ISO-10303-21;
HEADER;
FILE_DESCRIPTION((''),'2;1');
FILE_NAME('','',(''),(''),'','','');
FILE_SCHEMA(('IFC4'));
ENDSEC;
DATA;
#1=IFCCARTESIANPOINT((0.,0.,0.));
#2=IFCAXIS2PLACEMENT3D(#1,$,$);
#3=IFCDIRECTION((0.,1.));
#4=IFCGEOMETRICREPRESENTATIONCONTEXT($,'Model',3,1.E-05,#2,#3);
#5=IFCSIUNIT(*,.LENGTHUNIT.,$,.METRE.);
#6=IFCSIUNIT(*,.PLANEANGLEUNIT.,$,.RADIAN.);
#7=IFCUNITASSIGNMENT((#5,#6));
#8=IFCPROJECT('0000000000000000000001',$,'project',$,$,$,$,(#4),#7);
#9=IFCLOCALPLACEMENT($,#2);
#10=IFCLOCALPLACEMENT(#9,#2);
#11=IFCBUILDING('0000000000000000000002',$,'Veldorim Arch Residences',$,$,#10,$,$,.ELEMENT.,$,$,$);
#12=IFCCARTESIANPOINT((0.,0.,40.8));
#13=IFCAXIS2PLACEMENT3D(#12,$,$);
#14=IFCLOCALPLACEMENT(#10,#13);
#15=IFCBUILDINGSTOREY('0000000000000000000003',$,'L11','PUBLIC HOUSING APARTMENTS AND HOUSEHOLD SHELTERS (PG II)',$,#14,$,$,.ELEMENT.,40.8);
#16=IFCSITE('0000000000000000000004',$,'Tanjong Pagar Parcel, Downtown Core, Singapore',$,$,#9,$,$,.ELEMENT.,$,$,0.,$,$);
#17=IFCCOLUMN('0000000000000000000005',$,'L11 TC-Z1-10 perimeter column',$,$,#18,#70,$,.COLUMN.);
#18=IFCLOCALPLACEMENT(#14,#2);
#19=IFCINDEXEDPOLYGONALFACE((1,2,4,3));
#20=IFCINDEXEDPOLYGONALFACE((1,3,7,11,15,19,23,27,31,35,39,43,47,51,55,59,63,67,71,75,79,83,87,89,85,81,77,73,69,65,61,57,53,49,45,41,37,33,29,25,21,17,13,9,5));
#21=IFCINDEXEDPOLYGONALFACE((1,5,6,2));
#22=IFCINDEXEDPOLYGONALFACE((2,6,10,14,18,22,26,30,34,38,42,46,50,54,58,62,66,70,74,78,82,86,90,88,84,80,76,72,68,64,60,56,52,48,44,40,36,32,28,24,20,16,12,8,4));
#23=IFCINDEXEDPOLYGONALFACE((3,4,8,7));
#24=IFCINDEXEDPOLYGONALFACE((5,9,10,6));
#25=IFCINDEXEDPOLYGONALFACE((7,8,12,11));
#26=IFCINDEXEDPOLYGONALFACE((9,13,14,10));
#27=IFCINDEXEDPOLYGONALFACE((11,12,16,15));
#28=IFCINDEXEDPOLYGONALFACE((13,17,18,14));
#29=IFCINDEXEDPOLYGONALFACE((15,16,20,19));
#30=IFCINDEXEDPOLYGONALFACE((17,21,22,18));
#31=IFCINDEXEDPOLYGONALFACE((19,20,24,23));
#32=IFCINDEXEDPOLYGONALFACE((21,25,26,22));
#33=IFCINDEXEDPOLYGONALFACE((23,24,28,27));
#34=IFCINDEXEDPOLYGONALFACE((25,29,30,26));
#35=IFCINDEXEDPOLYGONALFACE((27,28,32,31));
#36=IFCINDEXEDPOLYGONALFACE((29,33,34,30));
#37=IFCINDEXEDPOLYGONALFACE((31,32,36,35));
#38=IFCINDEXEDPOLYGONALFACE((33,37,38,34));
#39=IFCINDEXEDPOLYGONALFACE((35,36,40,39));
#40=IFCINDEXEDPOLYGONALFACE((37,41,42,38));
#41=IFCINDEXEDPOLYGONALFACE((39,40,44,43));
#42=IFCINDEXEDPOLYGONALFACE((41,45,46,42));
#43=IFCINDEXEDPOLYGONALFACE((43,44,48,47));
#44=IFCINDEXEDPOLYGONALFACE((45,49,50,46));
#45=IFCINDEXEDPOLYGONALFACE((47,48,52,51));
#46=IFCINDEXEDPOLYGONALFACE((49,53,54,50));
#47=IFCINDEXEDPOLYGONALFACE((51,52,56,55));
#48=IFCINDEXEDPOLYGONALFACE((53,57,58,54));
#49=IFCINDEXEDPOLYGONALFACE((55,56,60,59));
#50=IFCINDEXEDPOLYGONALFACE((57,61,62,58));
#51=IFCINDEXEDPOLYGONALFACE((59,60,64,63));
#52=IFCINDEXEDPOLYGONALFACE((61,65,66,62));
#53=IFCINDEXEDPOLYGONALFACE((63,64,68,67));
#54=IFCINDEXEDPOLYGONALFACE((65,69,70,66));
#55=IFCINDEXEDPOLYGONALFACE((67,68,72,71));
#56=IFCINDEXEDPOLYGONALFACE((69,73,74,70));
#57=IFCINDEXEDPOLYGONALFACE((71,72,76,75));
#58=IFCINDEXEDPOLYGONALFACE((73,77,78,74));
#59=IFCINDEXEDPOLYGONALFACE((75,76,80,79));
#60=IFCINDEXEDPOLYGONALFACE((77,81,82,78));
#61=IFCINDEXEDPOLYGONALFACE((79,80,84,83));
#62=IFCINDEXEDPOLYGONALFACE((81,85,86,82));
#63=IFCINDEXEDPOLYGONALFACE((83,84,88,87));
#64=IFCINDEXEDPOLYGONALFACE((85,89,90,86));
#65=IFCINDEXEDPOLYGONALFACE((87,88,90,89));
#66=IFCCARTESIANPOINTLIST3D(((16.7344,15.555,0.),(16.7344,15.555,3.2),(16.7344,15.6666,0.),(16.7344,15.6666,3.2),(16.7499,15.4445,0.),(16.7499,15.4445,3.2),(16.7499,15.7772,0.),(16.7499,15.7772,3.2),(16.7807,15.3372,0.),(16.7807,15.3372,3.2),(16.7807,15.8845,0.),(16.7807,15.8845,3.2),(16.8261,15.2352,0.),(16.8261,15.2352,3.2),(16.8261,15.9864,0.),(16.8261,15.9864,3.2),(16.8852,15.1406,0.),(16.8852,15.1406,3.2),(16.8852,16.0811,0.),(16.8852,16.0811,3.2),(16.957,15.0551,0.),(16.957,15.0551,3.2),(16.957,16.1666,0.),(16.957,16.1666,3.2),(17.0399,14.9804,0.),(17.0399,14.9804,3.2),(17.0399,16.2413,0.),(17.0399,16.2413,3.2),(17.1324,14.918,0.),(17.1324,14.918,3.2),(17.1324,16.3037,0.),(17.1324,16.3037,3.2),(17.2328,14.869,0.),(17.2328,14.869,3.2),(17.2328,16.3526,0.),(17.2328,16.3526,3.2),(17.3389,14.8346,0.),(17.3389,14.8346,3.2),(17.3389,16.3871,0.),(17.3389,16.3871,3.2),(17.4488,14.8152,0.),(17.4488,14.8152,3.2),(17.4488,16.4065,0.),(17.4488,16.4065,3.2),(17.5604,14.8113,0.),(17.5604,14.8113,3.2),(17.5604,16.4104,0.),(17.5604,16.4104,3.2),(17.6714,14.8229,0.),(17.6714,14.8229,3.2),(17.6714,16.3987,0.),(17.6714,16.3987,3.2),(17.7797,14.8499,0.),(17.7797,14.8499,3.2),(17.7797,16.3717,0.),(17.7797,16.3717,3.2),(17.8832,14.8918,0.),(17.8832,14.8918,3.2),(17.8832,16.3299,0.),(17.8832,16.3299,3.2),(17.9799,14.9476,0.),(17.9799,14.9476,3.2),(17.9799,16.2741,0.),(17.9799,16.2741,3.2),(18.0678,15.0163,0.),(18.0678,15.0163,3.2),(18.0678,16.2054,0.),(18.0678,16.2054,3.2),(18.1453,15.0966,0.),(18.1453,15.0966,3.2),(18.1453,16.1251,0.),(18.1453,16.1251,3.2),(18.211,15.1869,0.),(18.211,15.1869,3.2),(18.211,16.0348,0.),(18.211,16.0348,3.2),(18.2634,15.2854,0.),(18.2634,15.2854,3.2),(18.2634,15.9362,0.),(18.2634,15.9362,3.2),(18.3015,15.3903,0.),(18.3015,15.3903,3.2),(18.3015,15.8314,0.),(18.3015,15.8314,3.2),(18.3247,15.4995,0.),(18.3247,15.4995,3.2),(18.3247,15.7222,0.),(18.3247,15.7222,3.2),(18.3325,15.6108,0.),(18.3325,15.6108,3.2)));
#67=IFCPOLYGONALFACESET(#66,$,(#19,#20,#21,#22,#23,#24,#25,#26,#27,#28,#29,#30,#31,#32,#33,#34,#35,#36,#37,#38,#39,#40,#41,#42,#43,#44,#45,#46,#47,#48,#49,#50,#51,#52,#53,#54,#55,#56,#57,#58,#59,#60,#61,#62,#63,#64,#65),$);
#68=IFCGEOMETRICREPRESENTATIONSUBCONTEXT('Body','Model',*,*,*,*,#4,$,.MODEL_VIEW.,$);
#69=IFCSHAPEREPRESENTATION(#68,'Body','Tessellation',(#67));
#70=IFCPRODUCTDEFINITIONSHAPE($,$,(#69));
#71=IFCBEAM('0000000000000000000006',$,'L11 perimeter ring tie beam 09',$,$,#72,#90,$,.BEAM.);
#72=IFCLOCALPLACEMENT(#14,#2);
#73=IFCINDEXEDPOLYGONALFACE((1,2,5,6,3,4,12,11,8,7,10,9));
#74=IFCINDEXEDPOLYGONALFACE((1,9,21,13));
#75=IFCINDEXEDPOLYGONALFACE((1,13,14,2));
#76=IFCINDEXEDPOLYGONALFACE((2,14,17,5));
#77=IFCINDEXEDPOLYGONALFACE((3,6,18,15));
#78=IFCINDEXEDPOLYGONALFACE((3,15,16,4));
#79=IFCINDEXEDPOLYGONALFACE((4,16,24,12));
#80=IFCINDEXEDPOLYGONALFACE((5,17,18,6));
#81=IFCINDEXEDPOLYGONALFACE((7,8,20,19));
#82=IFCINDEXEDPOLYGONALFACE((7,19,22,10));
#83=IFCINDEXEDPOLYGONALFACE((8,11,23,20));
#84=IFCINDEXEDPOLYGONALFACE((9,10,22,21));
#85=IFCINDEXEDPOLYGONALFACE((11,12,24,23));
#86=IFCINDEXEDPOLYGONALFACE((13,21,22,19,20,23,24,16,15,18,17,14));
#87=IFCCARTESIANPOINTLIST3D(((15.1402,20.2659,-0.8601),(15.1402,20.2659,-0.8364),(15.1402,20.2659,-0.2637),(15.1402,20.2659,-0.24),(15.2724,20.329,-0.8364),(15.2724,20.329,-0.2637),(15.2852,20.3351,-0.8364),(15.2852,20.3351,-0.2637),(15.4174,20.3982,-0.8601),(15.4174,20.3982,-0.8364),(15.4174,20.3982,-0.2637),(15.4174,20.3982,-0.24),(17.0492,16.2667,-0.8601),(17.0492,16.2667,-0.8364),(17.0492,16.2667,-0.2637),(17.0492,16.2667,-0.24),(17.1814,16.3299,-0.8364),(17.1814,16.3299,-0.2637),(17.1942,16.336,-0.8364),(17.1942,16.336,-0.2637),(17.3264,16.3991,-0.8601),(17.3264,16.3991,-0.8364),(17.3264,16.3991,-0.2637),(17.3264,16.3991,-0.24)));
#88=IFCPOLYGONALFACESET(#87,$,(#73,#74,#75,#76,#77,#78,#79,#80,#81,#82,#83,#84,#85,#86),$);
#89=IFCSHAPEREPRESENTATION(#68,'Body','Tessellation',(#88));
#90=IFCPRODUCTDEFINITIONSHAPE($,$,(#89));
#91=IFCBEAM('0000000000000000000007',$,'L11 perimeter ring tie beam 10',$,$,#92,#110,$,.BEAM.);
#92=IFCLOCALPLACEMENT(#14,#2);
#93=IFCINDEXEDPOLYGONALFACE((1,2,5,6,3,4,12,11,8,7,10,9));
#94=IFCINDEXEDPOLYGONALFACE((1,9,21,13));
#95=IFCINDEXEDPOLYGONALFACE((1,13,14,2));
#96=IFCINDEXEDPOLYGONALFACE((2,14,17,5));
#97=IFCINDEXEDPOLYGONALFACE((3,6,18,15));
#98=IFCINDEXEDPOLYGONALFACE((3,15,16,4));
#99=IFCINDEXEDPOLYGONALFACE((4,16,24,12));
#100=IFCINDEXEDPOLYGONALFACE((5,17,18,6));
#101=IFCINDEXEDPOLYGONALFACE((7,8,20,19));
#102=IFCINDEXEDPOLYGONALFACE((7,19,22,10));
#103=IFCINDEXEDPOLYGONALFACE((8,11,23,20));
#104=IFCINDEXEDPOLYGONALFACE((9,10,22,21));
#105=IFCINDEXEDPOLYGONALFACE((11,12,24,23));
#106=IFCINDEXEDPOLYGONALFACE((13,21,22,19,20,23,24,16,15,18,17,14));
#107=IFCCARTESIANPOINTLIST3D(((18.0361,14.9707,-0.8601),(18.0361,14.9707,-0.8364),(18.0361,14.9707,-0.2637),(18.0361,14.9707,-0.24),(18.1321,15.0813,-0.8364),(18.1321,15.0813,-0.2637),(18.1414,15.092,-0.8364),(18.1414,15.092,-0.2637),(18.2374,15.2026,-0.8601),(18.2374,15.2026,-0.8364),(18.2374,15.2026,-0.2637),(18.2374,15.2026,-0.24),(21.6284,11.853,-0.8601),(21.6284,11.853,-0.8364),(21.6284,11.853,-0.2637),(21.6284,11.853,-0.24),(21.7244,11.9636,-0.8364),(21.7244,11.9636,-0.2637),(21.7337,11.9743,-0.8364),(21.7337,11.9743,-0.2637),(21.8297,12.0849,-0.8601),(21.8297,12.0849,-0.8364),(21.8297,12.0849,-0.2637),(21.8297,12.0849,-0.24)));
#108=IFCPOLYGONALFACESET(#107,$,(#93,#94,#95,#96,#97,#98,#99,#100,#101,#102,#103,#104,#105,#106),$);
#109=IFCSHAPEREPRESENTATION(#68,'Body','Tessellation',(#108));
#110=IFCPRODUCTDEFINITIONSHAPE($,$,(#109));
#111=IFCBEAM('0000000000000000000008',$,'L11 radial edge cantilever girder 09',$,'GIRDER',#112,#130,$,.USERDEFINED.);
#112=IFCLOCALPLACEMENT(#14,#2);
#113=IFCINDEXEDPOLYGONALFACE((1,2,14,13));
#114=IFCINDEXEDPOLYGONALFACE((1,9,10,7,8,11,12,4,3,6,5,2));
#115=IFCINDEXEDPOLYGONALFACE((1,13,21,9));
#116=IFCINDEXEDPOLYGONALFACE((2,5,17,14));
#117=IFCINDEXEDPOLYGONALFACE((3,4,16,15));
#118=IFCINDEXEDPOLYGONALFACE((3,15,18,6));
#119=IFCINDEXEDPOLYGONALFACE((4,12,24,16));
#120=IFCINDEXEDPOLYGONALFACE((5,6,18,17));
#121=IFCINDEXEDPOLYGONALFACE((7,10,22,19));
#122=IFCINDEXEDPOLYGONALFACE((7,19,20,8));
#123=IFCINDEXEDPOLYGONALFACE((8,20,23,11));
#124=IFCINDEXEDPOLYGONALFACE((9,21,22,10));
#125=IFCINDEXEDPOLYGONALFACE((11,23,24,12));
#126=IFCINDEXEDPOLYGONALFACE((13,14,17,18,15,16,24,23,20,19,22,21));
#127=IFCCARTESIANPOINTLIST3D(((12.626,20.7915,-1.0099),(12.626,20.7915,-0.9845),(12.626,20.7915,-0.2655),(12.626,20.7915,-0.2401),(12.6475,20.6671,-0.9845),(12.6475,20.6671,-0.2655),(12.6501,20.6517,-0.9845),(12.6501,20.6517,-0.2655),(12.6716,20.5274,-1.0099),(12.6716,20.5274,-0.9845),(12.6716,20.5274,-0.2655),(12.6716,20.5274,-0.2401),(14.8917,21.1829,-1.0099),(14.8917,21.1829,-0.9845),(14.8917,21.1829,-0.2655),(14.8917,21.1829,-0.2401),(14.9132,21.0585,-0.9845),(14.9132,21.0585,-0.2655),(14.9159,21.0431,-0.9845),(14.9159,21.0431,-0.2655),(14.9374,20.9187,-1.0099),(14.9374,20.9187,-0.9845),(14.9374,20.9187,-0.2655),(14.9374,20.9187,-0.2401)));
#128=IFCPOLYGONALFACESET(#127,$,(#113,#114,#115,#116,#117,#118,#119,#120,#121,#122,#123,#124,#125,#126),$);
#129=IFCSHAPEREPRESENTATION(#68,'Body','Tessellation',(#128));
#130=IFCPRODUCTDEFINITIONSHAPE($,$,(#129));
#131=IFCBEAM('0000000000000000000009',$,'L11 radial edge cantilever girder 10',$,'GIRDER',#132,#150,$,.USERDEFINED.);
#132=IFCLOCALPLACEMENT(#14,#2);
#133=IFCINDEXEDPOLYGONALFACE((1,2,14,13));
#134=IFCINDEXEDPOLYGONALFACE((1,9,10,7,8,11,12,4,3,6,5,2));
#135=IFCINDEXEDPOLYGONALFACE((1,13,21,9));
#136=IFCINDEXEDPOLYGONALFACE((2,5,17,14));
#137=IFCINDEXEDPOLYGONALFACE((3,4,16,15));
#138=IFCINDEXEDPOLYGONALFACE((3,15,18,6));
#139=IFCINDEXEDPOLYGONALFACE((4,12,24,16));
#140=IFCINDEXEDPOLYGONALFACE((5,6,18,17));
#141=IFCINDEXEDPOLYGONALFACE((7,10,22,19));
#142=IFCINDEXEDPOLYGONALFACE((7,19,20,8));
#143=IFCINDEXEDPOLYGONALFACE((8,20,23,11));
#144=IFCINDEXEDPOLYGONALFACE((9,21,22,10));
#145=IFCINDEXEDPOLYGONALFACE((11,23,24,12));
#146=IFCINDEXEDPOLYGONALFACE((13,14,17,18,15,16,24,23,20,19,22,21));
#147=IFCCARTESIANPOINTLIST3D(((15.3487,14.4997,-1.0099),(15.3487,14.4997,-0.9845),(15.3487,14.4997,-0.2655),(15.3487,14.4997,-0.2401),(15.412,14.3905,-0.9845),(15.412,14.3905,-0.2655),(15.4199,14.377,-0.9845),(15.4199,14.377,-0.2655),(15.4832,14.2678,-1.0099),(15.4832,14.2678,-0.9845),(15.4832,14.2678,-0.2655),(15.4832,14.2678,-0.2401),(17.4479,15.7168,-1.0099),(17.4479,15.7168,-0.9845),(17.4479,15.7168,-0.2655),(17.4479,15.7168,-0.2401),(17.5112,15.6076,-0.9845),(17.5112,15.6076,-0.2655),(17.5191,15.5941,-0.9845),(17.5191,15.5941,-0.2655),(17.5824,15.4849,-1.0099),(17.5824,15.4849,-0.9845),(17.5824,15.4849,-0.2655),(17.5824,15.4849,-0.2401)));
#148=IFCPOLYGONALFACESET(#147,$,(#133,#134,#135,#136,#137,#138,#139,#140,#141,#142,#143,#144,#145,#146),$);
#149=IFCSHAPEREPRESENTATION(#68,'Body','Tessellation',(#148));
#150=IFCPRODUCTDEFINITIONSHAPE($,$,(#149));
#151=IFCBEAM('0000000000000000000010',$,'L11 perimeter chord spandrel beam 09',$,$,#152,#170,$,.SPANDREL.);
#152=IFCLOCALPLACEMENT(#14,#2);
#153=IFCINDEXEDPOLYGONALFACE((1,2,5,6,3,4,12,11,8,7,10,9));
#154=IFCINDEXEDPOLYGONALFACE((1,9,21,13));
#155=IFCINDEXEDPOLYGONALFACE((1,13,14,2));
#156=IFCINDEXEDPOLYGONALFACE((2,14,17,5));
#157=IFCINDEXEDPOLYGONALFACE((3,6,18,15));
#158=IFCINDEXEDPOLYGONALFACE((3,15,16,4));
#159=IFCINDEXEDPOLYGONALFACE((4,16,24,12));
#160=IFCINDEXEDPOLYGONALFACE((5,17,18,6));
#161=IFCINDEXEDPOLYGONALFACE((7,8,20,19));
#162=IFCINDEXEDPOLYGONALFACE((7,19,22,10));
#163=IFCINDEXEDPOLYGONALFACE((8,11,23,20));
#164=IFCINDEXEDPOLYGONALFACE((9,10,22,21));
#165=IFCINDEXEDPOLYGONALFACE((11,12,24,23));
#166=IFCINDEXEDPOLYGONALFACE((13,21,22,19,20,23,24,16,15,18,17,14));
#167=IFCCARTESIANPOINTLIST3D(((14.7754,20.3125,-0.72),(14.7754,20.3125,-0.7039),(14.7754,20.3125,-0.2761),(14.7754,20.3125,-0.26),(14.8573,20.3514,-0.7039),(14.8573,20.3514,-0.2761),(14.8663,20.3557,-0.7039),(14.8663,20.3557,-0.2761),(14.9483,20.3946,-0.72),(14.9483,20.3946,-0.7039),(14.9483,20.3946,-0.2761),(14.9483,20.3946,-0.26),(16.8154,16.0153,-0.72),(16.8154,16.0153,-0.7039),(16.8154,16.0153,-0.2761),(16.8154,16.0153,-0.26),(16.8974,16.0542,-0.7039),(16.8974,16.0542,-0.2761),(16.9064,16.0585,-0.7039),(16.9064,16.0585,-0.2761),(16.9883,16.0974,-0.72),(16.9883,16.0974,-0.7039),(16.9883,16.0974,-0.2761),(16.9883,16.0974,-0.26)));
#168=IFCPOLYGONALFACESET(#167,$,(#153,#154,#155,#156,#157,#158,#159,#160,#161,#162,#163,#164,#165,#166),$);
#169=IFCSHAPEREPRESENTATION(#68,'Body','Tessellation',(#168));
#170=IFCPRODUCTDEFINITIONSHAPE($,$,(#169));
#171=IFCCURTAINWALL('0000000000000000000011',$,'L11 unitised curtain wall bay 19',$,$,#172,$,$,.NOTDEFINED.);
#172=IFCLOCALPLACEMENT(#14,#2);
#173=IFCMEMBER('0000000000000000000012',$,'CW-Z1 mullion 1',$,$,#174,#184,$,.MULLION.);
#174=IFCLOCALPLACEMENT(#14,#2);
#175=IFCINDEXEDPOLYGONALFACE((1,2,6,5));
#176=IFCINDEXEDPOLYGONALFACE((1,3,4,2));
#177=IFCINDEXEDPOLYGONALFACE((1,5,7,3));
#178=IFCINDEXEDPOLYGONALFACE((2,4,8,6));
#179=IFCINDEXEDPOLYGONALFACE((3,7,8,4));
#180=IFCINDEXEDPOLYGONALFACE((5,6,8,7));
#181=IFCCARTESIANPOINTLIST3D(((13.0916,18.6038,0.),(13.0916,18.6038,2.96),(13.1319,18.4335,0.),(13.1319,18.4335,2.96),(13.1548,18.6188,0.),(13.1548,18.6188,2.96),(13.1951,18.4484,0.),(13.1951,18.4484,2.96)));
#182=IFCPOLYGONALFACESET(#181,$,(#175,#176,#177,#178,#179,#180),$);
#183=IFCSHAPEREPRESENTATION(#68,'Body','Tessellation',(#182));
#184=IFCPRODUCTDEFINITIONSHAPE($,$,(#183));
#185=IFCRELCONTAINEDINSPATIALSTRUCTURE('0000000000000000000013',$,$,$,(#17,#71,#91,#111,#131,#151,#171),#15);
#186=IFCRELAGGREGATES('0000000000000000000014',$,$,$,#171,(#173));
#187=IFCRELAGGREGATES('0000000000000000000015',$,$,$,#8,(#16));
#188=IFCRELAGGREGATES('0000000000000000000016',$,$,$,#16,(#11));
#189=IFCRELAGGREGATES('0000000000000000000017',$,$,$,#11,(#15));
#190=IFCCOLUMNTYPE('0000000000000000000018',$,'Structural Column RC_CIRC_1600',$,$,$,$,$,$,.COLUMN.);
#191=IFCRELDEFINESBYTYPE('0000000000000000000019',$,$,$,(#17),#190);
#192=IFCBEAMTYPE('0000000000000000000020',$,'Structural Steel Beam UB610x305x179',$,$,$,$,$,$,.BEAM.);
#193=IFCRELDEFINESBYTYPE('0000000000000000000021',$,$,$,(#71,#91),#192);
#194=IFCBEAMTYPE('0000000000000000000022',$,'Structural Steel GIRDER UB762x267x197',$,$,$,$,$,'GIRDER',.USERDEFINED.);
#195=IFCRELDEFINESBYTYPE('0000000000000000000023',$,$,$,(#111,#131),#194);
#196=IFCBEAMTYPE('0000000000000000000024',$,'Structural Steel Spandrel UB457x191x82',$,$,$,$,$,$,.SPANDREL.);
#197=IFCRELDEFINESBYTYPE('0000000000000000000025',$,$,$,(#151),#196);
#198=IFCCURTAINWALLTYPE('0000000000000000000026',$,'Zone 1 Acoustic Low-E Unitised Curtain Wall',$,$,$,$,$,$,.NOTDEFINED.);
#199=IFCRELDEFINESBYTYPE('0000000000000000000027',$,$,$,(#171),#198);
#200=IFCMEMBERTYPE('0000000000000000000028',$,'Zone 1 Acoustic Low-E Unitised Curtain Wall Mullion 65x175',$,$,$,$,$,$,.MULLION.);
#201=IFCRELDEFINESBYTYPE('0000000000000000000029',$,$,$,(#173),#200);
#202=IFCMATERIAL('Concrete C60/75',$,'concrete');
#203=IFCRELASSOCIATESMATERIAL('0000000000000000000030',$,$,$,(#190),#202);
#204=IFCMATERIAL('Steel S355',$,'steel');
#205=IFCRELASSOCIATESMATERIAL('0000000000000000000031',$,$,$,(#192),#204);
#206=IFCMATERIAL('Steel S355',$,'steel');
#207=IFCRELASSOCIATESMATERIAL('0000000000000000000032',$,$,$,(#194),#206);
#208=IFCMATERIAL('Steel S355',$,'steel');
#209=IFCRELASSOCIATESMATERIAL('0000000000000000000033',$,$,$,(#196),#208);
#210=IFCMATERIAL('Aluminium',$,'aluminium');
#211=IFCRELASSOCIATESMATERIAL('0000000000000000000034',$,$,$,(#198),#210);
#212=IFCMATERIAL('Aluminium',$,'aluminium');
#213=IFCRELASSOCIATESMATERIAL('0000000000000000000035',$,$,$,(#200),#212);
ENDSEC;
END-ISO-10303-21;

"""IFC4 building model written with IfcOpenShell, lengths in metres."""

from ifc_helpers import new_model, si_unit, direction, frame, origin, origin_2d, place, context, subcontext, project, spatial, rectangle, circle, i_section, extrude, material, material_profile, profile_set, type_object, element, aggregate, save


model = new_model("IFC4")

# Units and contexts
model_context = context("Model", 3, precision=1e-05, world=origin(), true_north=direction((0.0, 1.0)))
body_context = subcontext(model_context, "Body", "Model", "MODEL_VIEW")
ifc_project = project(units=[si_unit("LENGTHUNIT", "METRE"), si_unit("PLANEANGLEUNIT", "RADIAN")], contexts=[model_context])

# Site, building, storey
site_placement = place(None, origin())
site = spatial("IfcSite", under=ifc_project, at=site_placement, Name="Tanjong Pagar Parcel, Downtown Core, Singapore", CompositionType="ELEMENT", RefElevation=0.0)
building_placement = place(site_placement, origin())
building = spatial("IfcBuilding", under=site, at=building_placement, Name="Veldorim Arch Residences", CompositionType="ELEMENT")
storey_placement = place(building_placement, frame((0.0, 0.0, 40.8)))
storey = spatial("IfcBuildingStorey", under=building, at=storey_placement, Name="L11", Description="PUBLIC HOUSING APARTMENTS AND HOUSEHOLD SHELTERS (PG II)", CompositionType="ELEMENT", Elevation=40.8)

# Column
ifc_material_1 = material(Name="Concrete C60/75", Category="concrete")
ifc_material_profile_1 = material_profile(ifc_material_1, circle(Radius=0.8, at=origin_2d()), Name="RC_CIRC_1600")
ifc_profile_set_1 = profile_set([ifc_material_profile_1], Name="Concrete C60/75")
column_type = type_object("IfcColumnType", Name="Structural Column RC_CIRC_1600", PredefinedType="COLUMN", material=ifc_profile_set_1)
column_placement = place(storey_placement, frame((17.5325, 15.6108, 0.0), z_axis=(0.0, 0.0, 1.0), x_axis=(1.0, 0.0, 0.0)))
element("IfcColumn", 1, at=column_placement, inside=storey, type_object=column_type, Name="L11 TC-Z1-10 perimeter column", PredefinedType="COLUMN", context=body_context, shape_type="SweptSolid", body=[
    extrude(circle(Radius=0.8, at=origin_2d()), origin(), (0.0, 0.0, 1.0), 3.2),
])

# Beams
ifc_material_2 = material(Name="Steel S355", Category="steel")
ifc_material_profile_2 = material_profile(ifc_material_2, i_section(OverallWidth=0.3071, OverallDepth=0.6201, WebThickness=0.0142, FlangeThickness=0.0237, at=origin_2d()), Name="UB610x305x179")
ifc_profile_set_2 = profile_set([ifc_material_profile_2], Name="Steel S355")
beam_type_1 = type_object("IfcBeamType", Name="Structural Steel Beam UB610x305x179", PredefinedType="BEAM", material=ifc_profile_set_2)
beam_1_placement = place(storey_placement, frame((15.2788, 20.332, -0.55), z_axis=(0.430787, -0.902454, 0.0), x_axis=(0.902454, 0.430787, 0.0)))
element("IfcBeam", 2, at=beam_1_placement, inside=storey, type_object=beam_type_1, Name="L11 perimeter ring tie beam 09", PredefinedType="BEAM", context=body_context, shape_type="SweptSolid", body=[
    extrude(i_section(OverallWidth=0.3071, OverallDepth=0.6201, WebThickness=0.0142, FlangeThickness=0.0237, at=origin_2d()), origin(), (0.0, 0.0, 1.0), 4.4314),
])
beam_2_placement = place(storey_placement, frame((18.1367, 15.0867, -0.55), z_axis=(0.755235, -0.655454, 0.0), x_axis=(0.655454, 0.755235, 0.0)))
element("IfcBeam", 3, at=beam_2_placement, inside=storey, type_object=beam_type_1, Name="L11 perimeter ring tie beam 10", PredefinedType="BEAM", context=body_context, shape_type="SweptSolid", body=[
    extrude(i_section(OverallWidth=0.3071, OverallDepth=0.6201, WebThickness=0.0142, FlangeThickness=0.0237, at=origin_2d()), origin(), (0.0, 0.0, 1.0), 4.7566),
])
ifc_material_3 = material(Name="Steel S355", Category="steel")
ifc_material_profile_3 = material_profile(ifc_material_3, i_section(OverallWidth=0.2681, OverallDepth=0.7698, WebThickness=0.0156, FlangeThickness=0.0254, at=origin_2d()), Name="UB762x267x197")
ifc_profile_set_3 = profile_set([ifc_material_profile_3], Name="Steel S355")
beam_type_2 = type_object("IfcBeamType", Name="Structural Steel GIRDER UB762x267x197", ElementType="GIRDER", PredefinedType="USERDEFINED", material=ifc_profile_set_3)
beam_3_placement = place(storey_placement, frame((14.9146, 21.0508, -0.625), z_axis=(-0.98541, -0.170198, 0.0), x_axis=(0.170198, -0.98541, 0.0)))
element("IfcBeam", 4, at=beam_3_placement, inside=storey, type_object=beam_type_2, Name="L11 radial edge cantilever girder 09", ObjectType="GIRDER", PredefinedType="USERDEFINED", context=body_context, shape_type="SweptSolid", body=[
    extrude(i_section(OverallWidth=0.2681, OverallDepth=0.7698, WebThickness=0.0156, FlangeThickness=0.0254, at=origin_2d()), origin(), (0.0, 0.0, 1.0), 2.2993),
])
beam_4_placement = place(storey_placement, frame((17.5151, 15.6008, -0.625), z_axis=(-0.865112, -0.50158, 0.0), x_axis=(0.50158, -0.865112, 0.0)))
element("IfcBeam", 5, at=beam_4_placement, inside=storey, type_object=beam_type_2, Name="L11 radial edge cantilever girder 10", ObjectType="GIRDER", PredefinedType="USERDEFINED", context=body_context, shape_type="SweptSolid", body=[
    extrude(i_section(OverallWidth=0.2681, OverallDepth=0.7698, WebThickness=0.0156, FlangeThickness=0.0254, at=origin_2d()), origin(), (0.0, 0.0, 1.0), 2.4265),
])
ifc_material_4 = material(Name="Steel S355", Category="steel")
ifc_material_profile_4 = material_profile(ifc_material_4, i_section(OverallWidth=0.1914, OverallDepth=0.46, WebThickness=0.01, FlangeThickness=0.0161, at=origin_2d()), Name="UB457x191x82")
ifc_profile_set_4 = profile_set([ifc_material_profile_4], Name="Steel S355")
beam_type_3 = type_object("IfcBeamType", Name="Structural Steel Spandrel UB457x191x82", PredefinedType="SPANDREL", material=ifc_profile_set_4)
beam_5_placement = place(storey_placement, frame((14.8618, 20.3535, -0.49), z_axis=(0.428869, -0.903366, 0.0), x_axis=(0.903366, 0.428869, 0.0)))
element("IfcBeam", 6, at=beam_5_placement, inside=storey, type_object=beam_type_3, Name="L11 perimeter chord spandrel beam 09", PredefinedType="SPANDREL", context=body_context, shape_type="SweptSolid", body=[
    extrude(i_section(OverallWidth=0.1914, OverallDepth=0.46, WebThickness=0.01, FlangeThickness=0.0161, at=origin_2d()), origin(), (0.0, 0.0, 1.0), 4.7568),
])

# Curtain wall, member
ifc_material_5 = material(Name="Aluminium", Category="aluminium")
curtain_wall_type = type_object("IfcCurtainWallType", Name="Zone 1 Acoustic Low-E Unitised Curtain Wall", PredefinedType="NOTDEFINED", material=ifc_material_5)
curtain_wall_placement = place(storey_placement, origin())
curtain_wall = element("IfcCurtainWall", 7, at=curtain_wall_placement, inside=storey, type_object=curtain_wall_type, Name="L11 unitised curtain wall bay 19", PredefinedType="NOTDEFINED")
ifc_material_6 = material(Name="Aluminium", Category="aluminium")
ifc_material_profile_5 = material_profile(ifc_material_6, rectangle(XDim=0.0649, YDim=0.175, at=origin_2d()), Name="ALU_MUL_65x175")
ifc_profile_set_5 = profile_set([ifc_material_profile_5], Name="Aluminium")
member_type_1 = type_object("IfcMemberType", Name="Zone 1 Acoustic Low-E Unitised Curtain Wall Mullion 65x175", PredefinedType="MULLION", material=ifc_profile_set_5)
member_1_placement = place(storey_placement, frame((13.1433, 18.5261, 0.0), z_axis=(0.0, 0.0, 1.0), x_axis=(-0.97313, -0.230257, 0.0)))
member_1 = element("IfcMember", 8, at=member_1_placement, type_object=member_type_1, Name="CW-Z1 mullion 1", PredefinedType="MULLION", context=body_context, shape_type="SweptSolid", body=[
    extrude(rectangle(XDim=0.0649, YDim=0.175, at=origin_2d()), origin(), (0.0, 0.0, 1.0), 2.96),
])
aggregate(curtain_wall, [member_1])

save(model, "model.ifc")
